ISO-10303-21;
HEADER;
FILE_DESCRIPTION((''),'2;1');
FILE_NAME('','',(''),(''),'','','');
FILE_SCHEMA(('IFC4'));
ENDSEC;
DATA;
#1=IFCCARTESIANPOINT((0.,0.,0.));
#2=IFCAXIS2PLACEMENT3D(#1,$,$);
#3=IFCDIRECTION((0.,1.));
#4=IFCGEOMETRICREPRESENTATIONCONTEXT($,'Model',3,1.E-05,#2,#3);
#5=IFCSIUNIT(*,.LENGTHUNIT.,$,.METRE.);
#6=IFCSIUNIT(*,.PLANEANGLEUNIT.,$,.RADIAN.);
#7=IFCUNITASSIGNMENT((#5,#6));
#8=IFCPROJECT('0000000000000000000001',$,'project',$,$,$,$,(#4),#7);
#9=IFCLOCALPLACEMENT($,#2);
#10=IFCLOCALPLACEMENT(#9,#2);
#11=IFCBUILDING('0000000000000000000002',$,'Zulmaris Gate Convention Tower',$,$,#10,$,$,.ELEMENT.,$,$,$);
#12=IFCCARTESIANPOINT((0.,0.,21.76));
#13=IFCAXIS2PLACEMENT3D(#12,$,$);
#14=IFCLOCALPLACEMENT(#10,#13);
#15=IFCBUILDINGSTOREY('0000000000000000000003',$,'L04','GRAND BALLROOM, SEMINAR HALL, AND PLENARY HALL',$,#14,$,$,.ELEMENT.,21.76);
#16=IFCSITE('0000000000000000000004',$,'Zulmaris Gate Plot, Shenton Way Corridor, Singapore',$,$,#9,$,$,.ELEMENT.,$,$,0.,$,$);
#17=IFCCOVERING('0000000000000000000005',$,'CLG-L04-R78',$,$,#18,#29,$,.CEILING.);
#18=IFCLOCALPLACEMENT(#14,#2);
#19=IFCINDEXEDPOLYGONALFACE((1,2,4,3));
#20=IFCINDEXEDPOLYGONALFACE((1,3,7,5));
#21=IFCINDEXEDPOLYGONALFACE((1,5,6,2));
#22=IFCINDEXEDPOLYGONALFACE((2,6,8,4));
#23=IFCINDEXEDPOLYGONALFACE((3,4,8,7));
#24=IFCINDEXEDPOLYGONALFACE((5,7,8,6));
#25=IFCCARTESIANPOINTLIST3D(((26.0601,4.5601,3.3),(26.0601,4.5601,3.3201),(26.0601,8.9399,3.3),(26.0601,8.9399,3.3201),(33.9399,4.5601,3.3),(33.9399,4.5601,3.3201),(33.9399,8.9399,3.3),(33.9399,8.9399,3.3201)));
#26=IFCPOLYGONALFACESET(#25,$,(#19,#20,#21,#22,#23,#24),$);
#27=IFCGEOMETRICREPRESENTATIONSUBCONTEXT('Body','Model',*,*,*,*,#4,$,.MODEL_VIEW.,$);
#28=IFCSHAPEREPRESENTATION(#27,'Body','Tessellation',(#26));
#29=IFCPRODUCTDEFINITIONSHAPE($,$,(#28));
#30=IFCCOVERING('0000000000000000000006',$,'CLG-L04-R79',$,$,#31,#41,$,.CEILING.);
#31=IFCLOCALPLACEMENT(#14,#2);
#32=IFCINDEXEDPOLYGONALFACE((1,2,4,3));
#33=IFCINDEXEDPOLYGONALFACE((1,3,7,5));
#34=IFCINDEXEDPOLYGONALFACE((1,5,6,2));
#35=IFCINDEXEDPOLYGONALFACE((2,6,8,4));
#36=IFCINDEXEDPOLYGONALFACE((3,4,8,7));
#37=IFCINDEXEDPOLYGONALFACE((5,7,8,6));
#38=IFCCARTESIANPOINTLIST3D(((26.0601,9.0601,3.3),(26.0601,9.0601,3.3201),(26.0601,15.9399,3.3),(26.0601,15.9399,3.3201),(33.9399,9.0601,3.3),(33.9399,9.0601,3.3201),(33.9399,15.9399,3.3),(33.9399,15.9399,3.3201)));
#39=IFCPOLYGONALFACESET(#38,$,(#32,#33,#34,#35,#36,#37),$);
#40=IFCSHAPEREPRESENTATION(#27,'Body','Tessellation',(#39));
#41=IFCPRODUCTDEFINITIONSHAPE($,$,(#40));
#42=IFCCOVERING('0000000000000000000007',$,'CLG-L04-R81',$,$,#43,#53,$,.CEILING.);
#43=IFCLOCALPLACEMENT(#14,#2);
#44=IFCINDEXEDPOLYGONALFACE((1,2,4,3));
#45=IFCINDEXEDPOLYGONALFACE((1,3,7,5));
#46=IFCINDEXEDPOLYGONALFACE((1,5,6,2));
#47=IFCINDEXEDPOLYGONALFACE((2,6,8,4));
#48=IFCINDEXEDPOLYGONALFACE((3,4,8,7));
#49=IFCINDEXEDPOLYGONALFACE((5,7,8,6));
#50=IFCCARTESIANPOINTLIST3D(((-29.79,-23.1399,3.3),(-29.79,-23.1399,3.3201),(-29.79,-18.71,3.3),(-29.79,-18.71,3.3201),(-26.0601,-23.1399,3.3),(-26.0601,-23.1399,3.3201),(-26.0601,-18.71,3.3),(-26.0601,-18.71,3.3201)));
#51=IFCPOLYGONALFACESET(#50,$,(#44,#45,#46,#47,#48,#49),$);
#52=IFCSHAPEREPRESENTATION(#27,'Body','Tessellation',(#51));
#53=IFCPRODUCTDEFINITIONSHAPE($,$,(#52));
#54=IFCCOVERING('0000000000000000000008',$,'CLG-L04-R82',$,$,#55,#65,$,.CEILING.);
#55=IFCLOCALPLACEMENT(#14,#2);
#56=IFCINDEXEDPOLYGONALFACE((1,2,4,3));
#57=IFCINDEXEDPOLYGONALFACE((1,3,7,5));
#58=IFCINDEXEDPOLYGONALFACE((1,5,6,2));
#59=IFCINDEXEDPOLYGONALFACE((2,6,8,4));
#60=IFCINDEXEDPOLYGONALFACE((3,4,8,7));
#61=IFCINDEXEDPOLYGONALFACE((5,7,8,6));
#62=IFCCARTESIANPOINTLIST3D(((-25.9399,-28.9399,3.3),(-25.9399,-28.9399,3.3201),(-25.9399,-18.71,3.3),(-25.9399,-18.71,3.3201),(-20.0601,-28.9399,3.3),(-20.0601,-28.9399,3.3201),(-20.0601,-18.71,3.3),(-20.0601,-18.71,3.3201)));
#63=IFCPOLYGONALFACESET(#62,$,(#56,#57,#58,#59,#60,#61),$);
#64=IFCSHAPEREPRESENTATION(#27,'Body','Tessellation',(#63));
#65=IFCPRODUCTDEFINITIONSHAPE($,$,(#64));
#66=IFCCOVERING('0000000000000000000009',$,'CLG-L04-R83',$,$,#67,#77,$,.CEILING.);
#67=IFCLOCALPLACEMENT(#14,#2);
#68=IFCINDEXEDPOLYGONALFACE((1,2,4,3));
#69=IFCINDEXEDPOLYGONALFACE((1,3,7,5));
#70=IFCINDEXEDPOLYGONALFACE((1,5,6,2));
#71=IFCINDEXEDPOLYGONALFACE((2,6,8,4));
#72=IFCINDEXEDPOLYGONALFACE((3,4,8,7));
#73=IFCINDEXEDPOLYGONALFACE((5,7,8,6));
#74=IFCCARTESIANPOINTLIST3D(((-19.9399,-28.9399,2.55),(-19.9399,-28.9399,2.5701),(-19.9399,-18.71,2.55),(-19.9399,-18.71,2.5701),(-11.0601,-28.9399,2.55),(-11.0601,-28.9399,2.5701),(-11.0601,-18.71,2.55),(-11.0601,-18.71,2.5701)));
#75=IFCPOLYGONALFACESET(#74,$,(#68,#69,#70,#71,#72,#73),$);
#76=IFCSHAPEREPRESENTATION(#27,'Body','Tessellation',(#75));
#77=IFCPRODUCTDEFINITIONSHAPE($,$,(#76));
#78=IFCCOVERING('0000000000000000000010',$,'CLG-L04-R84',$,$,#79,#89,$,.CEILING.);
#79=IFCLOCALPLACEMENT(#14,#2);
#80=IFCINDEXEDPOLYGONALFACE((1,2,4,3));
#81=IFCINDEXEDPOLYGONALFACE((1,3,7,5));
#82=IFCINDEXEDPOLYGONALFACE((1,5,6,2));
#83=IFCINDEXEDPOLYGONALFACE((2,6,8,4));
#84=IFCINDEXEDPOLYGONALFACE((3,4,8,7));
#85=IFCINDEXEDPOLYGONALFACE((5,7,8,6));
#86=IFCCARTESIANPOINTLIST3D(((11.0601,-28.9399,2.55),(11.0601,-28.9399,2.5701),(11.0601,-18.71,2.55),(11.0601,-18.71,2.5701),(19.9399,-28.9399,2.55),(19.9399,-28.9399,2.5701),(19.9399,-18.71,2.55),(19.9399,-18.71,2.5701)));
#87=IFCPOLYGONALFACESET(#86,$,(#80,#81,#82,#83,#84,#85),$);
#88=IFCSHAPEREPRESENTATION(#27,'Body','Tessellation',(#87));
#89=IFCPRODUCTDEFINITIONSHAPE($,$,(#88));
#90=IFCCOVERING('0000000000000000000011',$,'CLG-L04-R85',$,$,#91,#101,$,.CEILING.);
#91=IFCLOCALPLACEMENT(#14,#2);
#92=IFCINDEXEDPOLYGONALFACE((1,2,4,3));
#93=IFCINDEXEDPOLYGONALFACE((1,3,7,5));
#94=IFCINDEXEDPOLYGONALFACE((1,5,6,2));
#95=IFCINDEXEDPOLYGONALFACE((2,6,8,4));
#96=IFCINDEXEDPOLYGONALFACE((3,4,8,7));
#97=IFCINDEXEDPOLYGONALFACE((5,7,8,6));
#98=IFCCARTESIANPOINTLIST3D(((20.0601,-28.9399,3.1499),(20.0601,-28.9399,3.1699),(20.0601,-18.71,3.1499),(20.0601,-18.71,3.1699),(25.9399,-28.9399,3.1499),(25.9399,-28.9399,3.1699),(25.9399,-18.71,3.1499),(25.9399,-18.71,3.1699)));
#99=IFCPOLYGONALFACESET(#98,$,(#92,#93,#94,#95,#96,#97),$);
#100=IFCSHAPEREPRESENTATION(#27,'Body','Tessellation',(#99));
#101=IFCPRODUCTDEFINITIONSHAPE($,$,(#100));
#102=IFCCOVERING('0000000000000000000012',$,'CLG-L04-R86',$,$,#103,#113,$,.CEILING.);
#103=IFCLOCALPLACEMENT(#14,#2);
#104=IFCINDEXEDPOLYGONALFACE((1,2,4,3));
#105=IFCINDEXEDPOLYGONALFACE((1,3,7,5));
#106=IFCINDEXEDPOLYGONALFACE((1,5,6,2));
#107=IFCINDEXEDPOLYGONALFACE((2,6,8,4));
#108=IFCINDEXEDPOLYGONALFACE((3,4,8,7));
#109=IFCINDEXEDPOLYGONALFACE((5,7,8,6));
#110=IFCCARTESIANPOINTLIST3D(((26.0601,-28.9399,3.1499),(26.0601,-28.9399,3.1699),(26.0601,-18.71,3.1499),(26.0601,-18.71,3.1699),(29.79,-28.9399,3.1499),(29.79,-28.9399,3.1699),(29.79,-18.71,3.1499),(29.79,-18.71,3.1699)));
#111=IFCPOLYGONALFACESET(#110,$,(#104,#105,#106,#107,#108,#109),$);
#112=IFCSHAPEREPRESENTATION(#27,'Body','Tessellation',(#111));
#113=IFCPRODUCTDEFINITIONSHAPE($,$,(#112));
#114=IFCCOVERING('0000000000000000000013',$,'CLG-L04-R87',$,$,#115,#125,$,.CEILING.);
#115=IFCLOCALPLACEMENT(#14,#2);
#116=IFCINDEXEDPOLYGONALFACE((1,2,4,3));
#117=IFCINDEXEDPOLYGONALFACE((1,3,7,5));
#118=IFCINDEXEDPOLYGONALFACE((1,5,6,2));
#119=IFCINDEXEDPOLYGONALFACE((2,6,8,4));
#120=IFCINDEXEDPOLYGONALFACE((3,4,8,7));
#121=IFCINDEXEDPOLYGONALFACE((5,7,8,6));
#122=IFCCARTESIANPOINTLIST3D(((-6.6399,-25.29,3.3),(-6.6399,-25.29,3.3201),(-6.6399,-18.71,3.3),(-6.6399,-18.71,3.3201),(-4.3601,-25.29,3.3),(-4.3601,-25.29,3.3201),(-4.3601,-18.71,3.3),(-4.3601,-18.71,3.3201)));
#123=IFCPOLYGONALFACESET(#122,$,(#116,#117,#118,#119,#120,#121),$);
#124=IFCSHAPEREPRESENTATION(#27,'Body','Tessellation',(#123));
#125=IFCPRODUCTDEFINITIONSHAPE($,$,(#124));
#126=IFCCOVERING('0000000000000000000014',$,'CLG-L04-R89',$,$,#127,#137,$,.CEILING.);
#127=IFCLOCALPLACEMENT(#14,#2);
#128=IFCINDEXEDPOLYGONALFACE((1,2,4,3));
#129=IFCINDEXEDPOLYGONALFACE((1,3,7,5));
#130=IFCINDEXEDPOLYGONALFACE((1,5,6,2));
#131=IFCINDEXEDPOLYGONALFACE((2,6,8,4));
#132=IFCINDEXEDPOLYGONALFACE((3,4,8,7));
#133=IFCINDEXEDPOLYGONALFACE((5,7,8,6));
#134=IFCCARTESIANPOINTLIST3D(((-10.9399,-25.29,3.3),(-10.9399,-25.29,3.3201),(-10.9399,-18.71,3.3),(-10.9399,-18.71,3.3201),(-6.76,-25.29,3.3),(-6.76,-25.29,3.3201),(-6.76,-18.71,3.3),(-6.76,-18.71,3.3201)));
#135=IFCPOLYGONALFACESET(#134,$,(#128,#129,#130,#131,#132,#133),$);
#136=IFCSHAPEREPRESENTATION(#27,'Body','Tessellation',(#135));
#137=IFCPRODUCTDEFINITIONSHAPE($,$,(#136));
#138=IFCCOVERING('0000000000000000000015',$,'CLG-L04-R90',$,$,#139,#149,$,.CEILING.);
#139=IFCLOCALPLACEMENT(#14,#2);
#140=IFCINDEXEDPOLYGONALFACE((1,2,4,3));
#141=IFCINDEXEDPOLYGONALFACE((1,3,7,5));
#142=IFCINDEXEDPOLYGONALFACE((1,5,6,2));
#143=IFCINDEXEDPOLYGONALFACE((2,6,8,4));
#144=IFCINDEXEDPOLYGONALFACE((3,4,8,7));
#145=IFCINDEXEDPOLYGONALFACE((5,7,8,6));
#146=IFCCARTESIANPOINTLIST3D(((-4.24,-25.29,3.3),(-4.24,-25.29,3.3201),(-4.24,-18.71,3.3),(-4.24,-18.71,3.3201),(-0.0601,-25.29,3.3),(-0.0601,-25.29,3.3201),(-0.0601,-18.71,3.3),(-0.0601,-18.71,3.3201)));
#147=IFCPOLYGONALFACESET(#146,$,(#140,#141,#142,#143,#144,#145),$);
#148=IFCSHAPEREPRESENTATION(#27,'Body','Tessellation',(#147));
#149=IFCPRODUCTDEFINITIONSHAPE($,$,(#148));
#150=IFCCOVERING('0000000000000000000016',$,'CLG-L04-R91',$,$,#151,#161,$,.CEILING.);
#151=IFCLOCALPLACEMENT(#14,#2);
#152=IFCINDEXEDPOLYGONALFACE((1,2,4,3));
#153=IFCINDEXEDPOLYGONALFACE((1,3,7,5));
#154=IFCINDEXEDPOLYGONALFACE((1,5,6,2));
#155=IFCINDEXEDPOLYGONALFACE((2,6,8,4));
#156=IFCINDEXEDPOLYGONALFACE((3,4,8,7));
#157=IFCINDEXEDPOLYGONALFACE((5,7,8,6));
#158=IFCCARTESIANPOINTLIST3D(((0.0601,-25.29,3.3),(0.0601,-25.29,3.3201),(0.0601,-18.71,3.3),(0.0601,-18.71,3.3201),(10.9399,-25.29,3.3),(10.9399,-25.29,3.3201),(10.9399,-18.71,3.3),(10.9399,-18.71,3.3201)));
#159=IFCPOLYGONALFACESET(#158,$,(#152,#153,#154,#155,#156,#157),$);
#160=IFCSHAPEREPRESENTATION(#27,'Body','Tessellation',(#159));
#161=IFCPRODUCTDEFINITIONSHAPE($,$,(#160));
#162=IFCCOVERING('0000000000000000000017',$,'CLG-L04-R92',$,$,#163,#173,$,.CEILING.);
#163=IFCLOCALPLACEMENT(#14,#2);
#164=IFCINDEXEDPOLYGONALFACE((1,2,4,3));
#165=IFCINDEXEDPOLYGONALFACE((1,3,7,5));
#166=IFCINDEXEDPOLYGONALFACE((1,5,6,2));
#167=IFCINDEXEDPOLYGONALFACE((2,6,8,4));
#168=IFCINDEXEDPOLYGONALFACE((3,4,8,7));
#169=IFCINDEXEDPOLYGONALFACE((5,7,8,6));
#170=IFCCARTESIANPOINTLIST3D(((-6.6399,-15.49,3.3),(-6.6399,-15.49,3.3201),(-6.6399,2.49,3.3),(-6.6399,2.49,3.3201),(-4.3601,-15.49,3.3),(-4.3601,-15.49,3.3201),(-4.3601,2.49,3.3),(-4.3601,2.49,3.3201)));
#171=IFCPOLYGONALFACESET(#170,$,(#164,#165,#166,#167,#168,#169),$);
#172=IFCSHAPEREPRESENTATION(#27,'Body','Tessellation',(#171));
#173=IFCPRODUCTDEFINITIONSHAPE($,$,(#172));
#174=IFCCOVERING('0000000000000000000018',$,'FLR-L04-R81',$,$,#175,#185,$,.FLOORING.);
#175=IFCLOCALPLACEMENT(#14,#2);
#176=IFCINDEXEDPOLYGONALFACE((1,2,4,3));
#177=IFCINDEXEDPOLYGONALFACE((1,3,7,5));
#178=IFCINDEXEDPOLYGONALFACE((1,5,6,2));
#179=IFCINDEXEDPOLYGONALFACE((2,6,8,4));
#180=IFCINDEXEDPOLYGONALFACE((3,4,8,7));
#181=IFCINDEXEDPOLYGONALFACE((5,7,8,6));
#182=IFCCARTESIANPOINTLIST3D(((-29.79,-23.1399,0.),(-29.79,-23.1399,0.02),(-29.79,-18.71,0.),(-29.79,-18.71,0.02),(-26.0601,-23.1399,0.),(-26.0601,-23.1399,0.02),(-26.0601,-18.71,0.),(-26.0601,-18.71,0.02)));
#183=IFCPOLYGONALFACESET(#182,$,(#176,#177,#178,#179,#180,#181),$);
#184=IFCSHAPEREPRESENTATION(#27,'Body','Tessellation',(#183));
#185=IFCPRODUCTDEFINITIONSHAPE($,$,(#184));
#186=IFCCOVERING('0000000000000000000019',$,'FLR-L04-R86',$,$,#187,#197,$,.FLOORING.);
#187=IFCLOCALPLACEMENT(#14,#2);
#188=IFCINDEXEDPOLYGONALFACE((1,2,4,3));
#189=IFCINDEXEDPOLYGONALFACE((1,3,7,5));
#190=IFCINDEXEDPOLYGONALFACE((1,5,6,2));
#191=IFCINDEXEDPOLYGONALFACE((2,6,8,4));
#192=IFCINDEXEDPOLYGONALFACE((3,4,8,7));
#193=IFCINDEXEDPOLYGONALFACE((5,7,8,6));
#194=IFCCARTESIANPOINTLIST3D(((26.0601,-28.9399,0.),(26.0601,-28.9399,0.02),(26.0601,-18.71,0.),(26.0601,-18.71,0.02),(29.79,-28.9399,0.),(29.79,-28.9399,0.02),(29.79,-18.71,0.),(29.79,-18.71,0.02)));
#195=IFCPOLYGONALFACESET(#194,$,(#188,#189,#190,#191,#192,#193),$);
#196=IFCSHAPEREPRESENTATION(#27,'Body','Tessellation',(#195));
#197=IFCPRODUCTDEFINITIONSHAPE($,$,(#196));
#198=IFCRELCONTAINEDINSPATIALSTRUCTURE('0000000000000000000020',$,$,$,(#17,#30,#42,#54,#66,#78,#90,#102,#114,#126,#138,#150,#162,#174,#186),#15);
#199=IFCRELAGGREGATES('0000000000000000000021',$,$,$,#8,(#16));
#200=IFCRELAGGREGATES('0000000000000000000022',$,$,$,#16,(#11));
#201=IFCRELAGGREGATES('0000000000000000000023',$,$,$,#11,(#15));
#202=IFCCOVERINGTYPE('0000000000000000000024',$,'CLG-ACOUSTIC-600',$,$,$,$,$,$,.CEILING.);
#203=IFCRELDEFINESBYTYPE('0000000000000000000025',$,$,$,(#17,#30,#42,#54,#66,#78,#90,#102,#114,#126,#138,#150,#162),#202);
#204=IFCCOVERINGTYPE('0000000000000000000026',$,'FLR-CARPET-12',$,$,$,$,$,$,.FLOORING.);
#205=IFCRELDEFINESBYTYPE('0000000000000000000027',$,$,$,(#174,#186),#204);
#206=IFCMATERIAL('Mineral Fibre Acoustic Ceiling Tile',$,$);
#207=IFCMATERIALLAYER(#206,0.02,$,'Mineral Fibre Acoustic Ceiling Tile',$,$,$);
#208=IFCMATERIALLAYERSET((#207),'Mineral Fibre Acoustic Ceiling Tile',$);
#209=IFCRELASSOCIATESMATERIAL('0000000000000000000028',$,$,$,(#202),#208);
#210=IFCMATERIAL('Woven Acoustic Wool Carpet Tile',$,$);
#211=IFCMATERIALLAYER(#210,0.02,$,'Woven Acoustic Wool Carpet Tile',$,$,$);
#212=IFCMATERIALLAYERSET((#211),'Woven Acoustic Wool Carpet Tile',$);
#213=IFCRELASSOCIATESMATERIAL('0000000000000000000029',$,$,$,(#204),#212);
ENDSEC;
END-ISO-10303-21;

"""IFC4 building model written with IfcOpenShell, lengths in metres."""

from ifc_helpers import new_model, si_unit, direction, frame, origin, place, context, subcontext, project, spatial, polyline, outline, extrude, material, layer, layer_set, type_object, element, save


model = new_model("IFC4")

# Units and contexts
model_context = context("Model", 3, precision=1e-05, world=origin(), true_north=direction((0.0, 1.0)))
body_context = subcontext(model_context, "Body", "Model", "MODEL_VIEW")
ifc_project = project(units=[si_unit("LENGTHUNIT", "METRE"), si_unit("PLANEANGLEUNIT", "RADIAN")], contexts=[model_context])

# Site, building, storey
site_placement = place(None, origin())
site = spatial("IfcSite", under=ifc_project, at=site_placement, Name="Zulmaris Gate Plot, Shenton Way Corridor, Singapore", CompositionType="ELEMENT", RefElevation=0.0)
building_placement = place(site_placement, origin())
building = spatial("IfcBuilding", under=site, at=building_placement, Name="Zulmaris Gate Convention Tower", CompositionType="ELEMENT")
storey_placement = place(building_placement, frame((0.0, 0.0, 21.76)))
storey = spatial("IfcBuildingStorey", under=building, at=storey_placement, Name="L04", Description="GRAND BALLROOM, SEMINAR HALL, AND PLENARY HALL", CompositionType="ELEMENT", Elevation=21.76)

# Coverings
ifc_material_1 = material(Name="Mineral Fibre Acoustic Ceiling Tile")
ifc_layer_1 = layer(ifc_material_1, 0.02, Name="Mineral Fibre Acoustic Ceiling Tile")
ifc_layer_set_1 = layer_set([ifc_layer_1], Name="Mineral Fibre Acoustic Ceiling Tile")
covering_type_1 = type_object("IfcCoveringType", Name="CLG-ACOUSTIC-600", PredefinedType="CEILING", material=ifc_layer_set_1)
covering_1_placement = place(storey_placement, frame((0.0, 0.0, 3.3)))
element("IfcCovering", 1, at=covering_1_placement, inside=storey, type_object=covering_type_1, Name="CLG-L04-R78", PredefinedType="CEILING", context=body_context, shape_type="SweptSolid", body=[
    extrude(outline(polyline([(26.0601, 4.5601), (33.9399, 4.5601), (33.9399, 8.9399), (26.0601, 8.9399), (26.0601, 4.5601)])), origin(), (0.0, 0.0, 1.0), 0.02),
])
covering_2_placement = place(storey_placement, frame((0.0, 0.0, 3.3)))
element("IfcCovering", 2, at=covering_2_placement, inside=storey, type_object=covering_type_1, Name="CLG-L04-R79", PredefinedType="CEILING", context=body_context, shape_type="SweptSolid", body=[
    extrude(outline(polyline([(26.0601, 9.0601), (33.9399, 9.0601), (33.9399, 15.9399), (26.0601, 15.9399), (26.0601, 9.0601)])), origin(), (0.0, 0.0, 1.0), 0.02),
])
covering_3_placement = place(storey_placement, frame((0.0, 0.0, 3.3)))
element("IfcCovering", 3, at=covering_3_placement, inside=storey, type_object=covering_type_1, Name="CLG-L04-R81", PredefinedType="CEILING", context=body_context, shape_type="SweptSolid", body=[
    extrude(outline(polyline([(-29.79, -23.1399), (-26.0601, -23.1399), (-26.0601, -18.71), (-29.79, -18.71), (-29.79, -23.1399)])), origin(), (0.0, 0.0, 1.0), 0.02),
])
covering_4_placement = place(storey_placement, frame((0.0, 0.0, 3.3)))
element("IfcCovering", 4, at=covering_4_placement, inside=storey, type_object=covering_type_1, Name="CLG-L04-R82", PredefinedType="CEILING", context=body_context, shape_type="SweptSolid", body=[
    extrude(outline(polyline([(-25.9399, -28.9399), (-20.0601, -28.9399), (-20.0601, -18.71), (-25.9399, -18.71), (-25.9399, -28.9399)])), origin(), (0.0, 0.0, 1.0), 0.02),
])
covering_5_placement = place(storey_placement, frame((0.0, 0.0, 2.55)))
element("IfcCovering", 5, at=covering_5_placement, inside=storey, type_object=covering_type_1, Name="CLG-L04-R83", PredefinedType="CEILING", context=body_context, shape_type="SweptSolid", body=[
    extrude(outline(polyline([(-19.9399, -28.9399), (-11.0601, -28.9399), (-11.0601, -18.71), (-19.9399, -18.71), (-19.9399, -28.9399)])), origin(), (0.0, 0.0, 1.0), 0.02),
])
covering_6_placement = place(storey_placement, frame((0.0, 0.0, 2.55)))
element("IfcCovering", 6, at=covering_6_placement, inside=storey, type_object=covering_type_1, Name="CLG-L04-R84", PredefinedType="CEILING", context=body_context, shape_type="SweptSolid", body=[
    extrude(outline(polyline([(11.0601, -28.9399), (19.9399, -28.9399), (19.9399, -18.71), (11.0601, -18.71), (11.0601, -28.9399)])), origin(), (0.0, 0.0, 1.0), 0.02),
])
covering_7_placement = place(storey_placement, frame((0.0, 0.0, 3.1499)))
element("IfcCovering", 7, at=covering_7_placement, inside=storey, type_object=covering_type_1, Name="CLG-L04-R85", PredefinedType="CEILING", context=body_context, shape_type="SweptSolid", body=[
    extrude(outline(polyline([(20.0601, -28.9399), (25.9399, -28.9399), (25.9399, -18.71), (20.0601, -18.71), (20.0601, -28.9399)])), origin(), (0.0, 0.0, 1.0), 0.02),
])
covering_8_placement = place(storey_placement, frame((0.0, 0.0, 3.1499)))
element("IfcCovering", 8, at=covering_8_placement, inside=storey, type_object=covering_type_1, Name="CLG-L04-R86", PredefinedType="CEILING", context=body_context, shape_type="SweptSolid", body=[
    extrude(outline(polyline([(26.0601, -28.9399), (29.79, -28.9399), (29.79, -18.71), (26.0601, -18.71), (26.0601, -28.9399)])), origin(), (0.0, 0.0, 1.0), 0.02),
])
covering_9_placement = place(storey_placement, frame((0.0, 0.0, 3.3)))
element("IfcCovering", 9, at=covering_9_placement, inside=storey, type_object=covering_type_1, Name="CLG-L04-R87", PredefinedType="CEILING", context=body_context, shape_type="SweptSolid", body=[
    extrude(outline(polyline([(-6.6399, -25.29), (-4.3601, -25.29), (-4.3601, -18.71), (-6.6399, -18.71), (-6.6399, -25.29)])), origin(), (0.0, 0.0, 1.0), 0.02),
])
covering_10_placement = place(storey_placement, frame((0.0, 0.0, 3.3)))
element("IfcCovering", 10, at=covering_10_placement, inside=storey, type_object=covering_type_1, Name="CLG-L04-R89", PredefinedType="CEILING", context=body_context, shape_type="SweptSolid", body=[
    extrude(outline(polyline([(-10.9399, -25.29), (-6.76, -25.29), (-6.76, -18.71), (-10.9399, -18.71), (-10.9399, -25.29)])), origin(), (0.0, 0.0, 1.0), 0.02),
])
covering_11_placement = place(storey_placement, frame((0.0, 0.0, 3.3)))
element("IfcCovering", 11, at=covering_11_placement, inside=storey, type_object=covering_type_1, Name="CLG-L04-R90", PredefinedType="CEILING", context=body_context, shape_type="SweptSolid", body=[
    extrude(outline(polyline([(-4.24, -25.29), (-0.0601, -25.29), (-0.0601, -18.71), (-4.24, -18.71), (-4.24, -25.29)])), origin(), (0.0, 0.0, 1.0), 0.02),
])
covering_12_placement = place(storey_placement, frame((0.0, 0.0, 3.3)))
element("IfcCovering", 12, at=covering_12_placement, inside=storey, type_object=covering_type_1, Name="CLG-L04-R91", PredefinedType="CEILING", context=body_context, shape_type="SweptSolid", body=[
    extrude(outline(polyline([(0.0601, -25.29), (10.9399, -25.29), (10.9399, -18.71), (0.0601, -18.71), (0.0601, -25.29)])), origin(), (0.0, 0.0, 1.0), 0.02),
])
covering_13_placement = place(storey_placement, frame((0.0, 0.0, 3.3)))
element("IfcCovering", 13, at=covering_13_placement, inside=storey, type_object=covering_type_1, Name="CLG-L04-R92", PredefinedType="CEILING", context=body_context, shape_type="SweptSolid", body=[
    extrude(outline(polyline([(-6.6399, -15.49), (-4.3601, -15.49), (-4.3601, 2.49), (-6.6399, 2.49), (-6.6399, -15.49)])), origin(), (0.0, 0.0, 1.0), 0.02),
])
ifc_material_2 = material(Name="Woven Acoustic Wool Carpet Tile")
ifc_layer_2 = layer(ifc_material_2, 0.02, Name="Woven Acoustic Wool Carpet Tile")
ifc_layer_set_2 = layer_set([ifc_layer_2], Name="Woven Acoustic Wool Carpet Tile")
covering_type_2 = type_object("IfcCoveringType", Name="FLR-CARPET-12", PredefinedType="FLOORING", material=ifc_layer_set_2)
covering_14_placement = place(storey_placement, origin())
element("IfcCovering", 14, at=covering_14_placement, inside=storey, type_object=covering_type_2, Name="FLR-L04-R81", PredefinedType="FLOORING", context=body_context, shape_type="SweptSolid", body=[
    extrude(outline(polyline([(-29.79, -23.1399), (-26.0601, -23.1399), (-26.0601, -18.71), (-29.79, -18.71), (-29.79, -23.1399)])), origin(), (0.0, 0.0, 1.0), 0.02),
])
covering_15_placement = place(storey_placement, origin())
element("IfcCovering", 15, at=covering_15_placement, inside=storey, type_object=covering_type_2, Name="FLR-L04-R86", PredefinedType="FLOORING", context=body_context, shape_type="SweptSolid", body=[
    extrude(outline(polyline([(26.0601, -28.9399), (29.79, -28.9399), (29.79, -18.71), (26.0601, -18.71), (26.0601, -28.9399)])), origin(), (0.0, 0.0, 1.0), 0.02),
])

save(model, "model.ifc")
